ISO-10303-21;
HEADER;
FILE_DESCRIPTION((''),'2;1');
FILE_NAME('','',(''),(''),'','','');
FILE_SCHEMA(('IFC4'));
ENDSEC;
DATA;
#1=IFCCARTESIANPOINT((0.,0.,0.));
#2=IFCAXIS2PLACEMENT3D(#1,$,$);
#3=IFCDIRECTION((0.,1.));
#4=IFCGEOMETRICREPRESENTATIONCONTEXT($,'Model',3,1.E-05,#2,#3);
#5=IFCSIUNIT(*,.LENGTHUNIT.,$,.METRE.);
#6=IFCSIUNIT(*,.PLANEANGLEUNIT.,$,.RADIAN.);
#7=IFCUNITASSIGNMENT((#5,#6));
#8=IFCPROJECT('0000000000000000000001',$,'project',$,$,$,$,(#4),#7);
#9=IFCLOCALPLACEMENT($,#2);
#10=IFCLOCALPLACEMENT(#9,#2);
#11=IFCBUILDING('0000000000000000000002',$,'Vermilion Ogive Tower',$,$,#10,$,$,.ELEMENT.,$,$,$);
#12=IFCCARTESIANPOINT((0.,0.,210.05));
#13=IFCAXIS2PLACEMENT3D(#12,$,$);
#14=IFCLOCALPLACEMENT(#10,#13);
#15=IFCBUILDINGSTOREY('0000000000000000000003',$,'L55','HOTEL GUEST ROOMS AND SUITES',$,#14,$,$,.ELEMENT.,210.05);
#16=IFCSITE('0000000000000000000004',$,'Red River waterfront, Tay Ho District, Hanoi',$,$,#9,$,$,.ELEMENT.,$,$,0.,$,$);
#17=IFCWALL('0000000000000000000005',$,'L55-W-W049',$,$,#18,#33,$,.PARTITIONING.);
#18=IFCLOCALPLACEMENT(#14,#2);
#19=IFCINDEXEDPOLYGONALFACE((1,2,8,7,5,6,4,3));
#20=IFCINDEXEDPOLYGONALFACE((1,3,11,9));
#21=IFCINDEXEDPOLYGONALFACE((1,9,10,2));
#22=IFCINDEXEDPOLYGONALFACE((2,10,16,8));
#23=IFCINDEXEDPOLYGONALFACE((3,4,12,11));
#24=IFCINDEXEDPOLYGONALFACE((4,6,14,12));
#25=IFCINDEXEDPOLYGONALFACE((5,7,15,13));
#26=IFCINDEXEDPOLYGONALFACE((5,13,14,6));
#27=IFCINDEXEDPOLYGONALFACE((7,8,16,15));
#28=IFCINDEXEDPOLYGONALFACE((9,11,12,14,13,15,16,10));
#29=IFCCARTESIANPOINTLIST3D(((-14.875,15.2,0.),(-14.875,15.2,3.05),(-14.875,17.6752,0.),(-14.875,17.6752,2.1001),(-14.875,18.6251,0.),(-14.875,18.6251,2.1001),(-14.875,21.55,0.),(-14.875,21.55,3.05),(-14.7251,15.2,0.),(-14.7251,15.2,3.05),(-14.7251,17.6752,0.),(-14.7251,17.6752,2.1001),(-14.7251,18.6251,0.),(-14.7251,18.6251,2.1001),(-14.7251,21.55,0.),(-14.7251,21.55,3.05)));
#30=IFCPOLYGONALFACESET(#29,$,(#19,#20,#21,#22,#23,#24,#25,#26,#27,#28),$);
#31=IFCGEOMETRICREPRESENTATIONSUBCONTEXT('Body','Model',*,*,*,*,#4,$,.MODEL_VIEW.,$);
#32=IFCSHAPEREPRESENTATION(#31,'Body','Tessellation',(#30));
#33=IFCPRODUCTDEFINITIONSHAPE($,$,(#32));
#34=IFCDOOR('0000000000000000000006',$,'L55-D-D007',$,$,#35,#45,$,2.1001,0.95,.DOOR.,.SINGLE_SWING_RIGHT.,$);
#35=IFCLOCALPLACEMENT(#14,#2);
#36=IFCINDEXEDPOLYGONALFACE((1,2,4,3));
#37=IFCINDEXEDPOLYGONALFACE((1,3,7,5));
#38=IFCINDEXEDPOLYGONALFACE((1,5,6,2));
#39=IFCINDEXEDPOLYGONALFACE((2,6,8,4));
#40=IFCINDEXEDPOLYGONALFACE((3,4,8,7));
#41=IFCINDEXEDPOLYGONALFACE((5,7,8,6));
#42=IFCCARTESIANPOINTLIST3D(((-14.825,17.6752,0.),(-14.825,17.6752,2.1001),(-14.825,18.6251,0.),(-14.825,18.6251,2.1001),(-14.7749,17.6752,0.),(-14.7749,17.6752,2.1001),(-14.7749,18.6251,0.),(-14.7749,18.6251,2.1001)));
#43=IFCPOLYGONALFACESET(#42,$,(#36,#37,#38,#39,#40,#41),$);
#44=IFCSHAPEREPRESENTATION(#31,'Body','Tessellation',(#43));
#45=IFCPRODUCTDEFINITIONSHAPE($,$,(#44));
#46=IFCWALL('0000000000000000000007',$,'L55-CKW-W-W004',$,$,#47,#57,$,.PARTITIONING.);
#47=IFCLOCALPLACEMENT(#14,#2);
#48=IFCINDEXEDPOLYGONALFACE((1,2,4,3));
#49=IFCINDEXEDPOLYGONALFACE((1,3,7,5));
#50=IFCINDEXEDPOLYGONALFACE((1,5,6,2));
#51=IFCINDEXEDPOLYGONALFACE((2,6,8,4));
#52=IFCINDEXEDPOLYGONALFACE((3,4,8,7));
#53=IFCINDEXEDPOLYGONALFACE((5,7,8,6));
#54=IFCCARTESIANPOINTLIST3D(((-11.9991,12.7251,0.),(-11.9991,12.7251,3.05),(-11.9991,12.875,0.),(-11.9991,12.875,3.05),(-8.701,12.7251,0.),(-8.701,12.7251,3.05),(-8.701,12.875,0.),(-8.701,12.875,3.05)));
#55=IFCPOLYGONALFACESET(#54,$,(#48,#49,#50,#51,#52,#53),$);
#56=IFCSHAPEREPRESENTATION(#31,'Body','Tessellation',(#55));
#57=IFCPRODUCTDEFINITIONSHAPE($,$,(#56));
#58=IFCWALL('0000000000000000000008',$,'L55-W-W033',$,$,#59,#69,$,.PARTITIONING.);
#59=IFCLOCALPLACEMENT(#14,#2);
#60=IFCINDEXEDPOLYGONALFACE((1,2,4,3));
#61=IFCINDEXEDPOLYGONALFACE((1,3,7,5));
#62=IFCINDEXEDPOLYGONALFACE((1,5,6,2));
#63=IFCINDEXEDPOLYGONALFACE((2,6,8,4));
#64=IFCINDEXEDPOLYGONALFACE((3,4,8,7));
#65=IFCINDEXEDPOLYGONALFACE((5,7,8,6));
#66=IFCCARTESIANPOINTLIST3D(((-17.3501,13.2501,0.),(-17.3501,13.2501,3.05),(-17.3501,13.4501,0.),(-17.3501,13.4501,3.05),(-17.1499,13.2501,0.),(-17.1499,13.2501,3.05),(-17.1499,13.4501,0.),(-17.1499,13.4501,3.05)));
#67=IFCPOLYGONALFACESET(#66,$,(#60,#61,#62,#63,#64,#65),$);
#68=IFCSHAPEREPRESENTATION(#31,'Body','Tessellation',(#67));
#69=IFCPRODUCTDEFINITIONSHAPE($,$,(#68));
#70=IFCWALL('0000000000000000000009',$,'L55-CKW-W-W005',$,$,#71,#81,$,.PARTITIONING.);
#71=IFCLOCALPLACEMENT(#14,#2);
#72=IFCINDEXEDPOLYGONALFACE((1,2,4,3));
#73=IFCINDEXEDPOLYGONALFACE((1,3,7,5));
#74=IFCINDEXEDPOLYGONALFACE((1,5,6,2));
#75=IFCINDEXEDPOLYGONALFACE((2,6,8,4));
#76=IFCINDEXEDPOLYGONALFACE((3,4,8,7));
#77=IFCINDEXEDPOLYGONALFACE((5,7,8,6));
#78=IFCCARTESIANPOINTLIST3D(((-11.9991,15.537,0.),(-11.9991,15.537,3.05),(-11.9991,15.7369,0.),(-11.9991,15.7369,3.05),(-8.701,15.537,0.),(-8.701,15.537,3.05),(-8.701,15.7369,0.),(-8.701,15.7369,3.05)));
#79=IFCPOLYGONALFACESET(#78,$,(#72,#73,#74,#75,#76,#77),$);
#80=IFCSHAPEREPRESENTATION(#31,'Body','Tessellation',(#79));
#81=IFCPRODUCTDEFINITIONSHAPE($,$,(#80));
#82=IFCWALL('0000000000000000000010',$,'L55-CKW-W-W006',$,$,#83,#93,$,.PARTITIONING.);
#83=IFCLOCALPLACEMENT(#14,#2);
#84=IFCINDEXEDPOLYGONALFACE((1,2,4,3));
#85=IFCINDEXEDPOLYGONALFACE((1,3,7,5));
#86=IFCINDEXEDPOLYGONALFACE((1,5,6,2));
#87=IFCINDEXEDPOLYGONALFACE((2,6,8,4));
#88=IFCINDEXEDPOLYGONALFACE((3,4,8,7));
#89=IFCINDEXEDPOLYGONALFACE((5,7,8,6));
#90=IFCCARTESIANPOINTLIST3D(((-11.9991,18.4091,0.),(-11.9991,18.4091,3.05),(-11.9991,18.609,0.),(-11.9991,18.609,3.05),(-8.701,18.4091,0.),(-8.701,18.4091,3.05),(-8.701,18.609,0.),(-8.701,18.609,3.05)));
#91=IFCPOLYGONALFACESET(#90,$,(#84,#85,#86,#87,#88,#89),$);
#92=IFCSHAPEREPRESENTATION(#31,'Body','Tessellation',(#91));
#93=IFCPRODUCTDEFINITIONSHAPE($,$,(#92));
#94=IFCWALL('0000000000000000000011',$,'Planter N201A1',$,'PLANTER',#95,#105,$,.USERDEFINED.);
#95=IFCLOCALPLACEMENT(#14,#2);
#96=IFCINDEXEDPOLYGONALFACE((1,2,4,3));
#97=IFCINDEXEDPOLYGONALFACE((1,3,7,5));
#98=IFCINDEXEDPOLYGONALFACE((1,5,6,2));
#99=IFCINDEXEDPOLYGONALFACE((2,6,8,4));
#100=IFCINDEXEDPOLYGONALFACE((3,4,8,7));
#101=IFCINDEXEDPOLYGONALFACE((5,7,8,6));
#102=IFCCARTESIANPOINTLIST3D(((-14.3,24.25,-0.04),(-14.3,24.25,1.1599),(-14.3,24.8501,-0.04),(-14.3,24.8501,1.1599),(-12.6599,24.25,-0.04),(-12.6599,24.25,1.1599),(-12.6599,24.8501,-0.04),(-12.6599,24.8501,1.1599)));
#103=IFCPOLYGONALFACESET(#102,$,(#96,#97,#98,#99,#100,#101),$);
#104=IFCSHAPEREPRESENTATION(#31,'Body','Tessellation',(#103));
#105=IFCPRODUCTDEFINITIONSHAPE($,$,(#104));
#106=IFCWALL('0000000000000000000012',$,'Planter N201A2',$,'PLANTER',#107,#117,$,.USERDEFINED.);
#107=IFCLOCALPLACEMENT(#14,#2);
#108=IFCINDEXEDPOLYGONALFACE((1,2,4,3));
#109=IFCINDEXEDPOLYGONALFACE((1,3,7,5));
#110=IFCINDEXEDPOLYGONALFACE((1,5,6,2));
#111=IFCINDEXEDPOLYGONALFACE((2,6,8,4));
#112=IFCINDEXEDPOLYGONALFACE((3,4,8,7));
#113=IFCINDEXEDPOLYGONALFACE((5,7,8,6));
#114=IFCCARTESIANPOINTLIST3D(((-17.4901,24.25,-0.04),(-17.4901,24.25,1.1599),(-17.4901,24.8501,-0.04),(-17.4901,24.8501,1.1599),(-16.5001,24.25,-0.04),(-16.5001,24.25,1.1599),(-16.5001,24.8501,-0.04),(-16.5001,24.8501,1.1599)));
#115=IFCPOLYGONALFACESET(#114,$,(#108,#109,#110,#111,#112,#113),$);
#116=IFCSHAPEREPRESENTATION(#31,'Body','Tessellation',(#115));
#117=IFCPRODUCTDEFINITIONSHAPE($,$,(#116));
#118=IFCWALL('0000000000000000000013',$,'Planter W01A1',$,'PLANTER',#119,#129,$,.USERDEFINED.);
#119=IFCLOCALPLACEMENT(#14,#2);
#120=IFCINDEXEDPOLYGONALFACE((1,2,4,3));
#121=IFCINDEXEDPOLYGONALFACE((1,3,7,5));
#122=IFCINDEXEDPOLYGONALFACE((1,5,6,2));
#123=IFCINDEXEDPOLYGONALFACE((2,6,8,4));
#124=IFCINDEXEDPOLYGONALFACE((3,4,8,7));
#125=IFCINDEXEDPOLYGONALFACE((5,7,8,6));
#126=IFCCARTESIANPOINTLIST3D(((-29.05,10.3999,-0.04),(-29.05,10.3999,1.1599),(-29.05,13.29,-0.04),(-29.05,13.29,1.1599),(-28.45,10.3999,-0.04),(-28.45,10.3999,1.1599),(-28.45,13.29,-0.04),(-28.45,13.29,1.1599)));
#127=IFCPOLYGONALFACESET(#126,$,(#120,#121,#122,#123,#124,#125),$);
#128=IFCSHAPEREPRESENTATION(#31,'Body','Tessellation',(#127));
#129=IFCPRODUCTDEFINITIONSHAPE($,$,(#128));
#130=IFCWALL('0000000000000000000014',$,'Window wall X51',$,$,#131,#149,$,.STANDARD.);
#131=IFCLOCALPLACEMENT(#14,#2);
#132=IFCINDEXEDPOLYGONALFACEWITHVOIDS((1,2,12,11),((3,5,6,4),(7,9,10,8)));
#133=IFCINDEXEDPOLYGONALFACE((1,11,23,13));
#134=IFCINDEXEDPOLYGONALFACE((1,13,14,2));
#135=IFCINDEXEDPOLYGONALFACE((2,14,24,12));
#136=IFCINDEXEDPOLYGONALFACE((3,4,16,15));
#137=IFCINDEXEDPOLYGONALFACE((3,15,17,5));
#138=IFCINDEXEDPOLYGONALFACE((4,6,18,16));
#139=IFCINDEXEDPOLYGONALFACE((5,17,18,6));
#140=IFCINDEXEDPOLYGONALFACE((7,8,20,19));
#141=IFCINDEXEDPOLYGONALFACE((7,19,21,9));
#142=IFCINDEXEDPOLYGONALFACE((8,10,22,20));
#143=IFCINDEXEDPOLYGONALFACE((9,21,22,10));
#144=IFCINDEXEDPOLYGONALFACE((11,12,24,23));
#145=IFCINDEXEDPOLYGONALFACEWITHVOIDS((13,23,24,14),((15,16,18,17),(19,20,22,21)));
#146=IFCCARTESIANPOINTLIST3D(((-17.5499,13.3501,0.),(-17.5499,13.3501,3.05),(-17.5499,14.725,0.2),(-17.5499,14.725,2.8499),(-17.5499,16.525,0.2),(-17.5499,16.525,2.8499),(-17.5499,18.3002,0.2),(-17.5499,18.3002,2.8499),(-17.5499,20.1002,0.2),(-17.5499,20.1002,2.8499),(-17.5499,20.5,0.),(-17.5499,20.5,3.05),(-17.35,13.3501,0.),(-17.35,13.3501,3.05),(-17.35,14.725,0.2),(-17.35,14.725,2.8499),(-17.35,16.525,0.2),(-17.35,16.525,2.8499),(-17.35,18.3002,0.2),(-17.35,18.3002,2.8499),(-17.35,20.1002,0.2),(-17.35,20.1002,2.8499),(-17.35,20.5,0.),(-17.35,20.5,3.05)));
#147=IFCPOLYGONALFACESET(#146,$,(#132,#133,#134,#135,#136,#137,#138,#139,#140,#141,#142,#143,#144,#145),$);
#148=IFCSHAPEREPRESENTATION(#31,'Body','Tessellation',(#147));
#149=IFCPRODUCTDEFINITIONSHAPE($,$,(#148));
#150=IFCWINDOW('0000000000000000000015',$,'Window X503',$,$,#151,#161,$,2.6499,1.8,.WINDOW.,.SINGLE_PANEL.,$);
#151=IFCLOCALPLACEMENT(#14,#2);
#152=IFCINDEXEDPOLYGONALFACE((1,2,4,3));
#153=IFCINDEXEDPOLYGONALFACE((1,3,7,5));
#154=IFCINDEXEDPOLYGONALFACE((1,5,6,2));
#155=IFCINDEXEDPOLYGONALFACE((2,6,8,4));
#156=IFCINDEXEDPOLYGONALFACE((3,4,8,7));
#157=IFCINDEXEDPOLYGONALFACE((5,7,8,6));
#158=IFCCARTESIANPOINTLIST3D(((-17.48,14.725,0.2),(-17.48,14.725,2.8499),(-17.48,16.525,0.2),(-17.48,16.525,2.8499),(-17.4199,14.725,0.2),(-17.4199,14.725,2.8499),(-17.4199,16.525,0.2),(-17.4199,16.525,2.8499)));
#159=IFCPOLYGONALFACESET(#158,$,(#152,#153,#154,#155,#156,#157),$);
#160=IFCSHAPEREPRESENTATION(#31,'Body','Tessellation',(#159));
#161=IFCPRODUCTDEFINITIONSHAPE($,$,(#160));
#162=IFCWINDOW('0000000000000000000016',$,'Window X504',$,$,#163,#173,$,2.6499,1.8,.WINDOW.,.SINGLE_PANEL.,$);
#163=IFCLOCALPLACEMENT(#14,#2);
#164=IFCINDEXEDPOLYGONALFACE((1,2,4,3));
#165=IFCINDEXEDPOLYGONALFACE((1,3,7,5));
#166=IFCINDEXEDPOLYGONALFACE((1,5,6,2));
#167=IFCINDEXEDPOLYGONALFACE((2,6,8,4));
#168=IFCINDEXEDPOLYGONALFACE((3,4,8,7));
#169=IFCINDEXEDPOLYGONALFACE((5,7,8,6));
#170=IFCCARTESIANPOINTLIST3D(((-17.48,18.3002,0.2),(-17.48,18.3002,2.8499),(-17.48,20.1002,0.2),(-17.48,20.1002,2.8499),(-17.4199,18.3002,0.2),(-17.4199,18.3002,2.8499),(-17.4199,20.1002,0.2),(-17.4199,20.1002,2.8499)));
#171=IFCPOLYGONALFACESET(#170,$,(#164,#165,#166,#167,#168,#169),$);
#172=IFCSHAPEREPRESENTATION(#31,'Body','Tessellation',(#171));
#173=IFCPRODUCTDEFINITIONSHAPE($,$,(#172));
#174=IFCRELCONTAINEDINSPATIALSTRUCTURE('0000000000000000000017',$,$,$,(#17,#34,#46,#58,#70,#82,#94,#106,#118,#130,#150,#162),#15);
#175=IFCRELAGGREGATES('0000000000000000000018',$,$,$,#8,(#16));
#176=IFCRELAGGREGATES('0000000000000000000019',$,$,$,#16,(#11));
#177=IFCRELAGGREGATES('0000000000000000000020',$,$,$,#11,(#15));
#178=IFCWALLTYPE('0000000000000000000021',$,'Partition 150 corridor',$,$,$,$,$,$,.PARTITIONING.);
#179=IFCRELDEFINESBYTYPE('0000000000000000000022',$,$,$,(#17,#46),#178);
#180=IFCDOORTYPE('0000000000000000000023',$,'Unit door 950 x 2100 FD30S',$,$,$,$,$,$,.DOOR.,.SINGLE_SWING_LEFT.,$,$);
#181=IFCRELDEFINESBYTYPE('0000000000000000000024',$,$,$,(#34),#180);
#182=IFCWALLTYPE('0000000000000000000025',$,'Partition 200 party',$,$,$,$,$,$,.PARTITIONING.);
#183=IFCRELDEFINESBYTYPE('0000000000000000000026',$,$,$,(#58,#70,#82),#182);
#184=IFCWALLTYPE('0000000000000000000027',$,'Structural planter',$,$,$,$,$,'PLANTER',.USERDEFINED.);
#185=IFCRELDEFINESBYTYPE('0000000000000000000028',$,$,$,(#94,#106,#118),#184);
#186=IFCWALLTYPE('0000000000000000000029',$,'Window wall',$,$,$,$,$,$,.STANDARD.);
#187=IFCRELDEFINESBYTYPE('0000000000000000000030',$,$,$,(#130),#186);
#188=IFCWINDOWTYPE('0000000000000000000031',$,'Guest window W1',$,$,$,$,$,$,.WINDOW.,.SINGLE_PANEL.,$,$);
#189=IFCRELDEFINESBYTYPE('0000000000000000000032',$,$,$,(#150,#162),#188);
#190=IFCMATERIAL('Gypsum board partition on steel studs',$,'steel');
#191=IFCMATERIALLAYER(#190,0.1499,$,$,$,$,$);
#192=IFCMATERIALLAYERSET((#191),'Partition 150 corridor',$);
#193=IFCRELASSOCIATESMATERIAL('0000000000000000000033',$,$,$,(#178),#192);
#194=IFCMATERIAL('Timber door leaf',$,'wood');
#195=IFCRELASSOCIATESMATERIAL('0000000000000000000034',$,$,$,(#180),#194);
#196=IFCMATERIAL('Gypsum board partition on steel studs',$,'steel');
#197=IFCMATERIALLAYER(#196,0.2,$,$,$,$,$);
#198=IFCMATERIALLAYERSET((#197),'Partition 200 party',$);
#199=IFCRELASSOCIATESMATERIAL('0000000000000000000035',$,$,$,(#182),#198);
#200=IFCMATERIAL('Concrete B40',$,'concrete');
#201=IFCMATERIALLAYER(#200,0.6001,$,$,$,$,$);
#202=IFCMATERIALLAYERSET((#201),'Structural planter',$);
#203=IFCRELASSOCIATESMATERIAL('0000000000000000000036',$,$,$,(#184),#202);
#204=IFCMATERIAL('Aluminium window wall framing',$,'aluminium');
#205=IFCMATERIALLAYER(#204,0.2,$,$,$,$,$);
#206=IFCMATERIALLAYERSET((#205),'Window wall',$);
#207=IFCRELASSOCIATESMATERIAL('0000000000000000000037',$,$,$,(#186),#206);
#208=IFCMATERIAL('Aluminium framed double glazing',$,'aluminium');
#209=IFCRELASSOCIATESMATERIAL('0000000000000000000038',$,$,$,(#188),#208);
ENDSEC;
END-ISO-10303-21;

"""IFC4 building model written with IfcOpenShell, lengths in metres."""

from ifc_helpers import new_model, si_unit, direction, frame, frame_2d, origin, place, context, subcontext, project, spatial, rectangle, extrude, material, layer, layer_set, type_object, element, fill, save


model = new_model("IFC4")

# Units and contexts
model_context = context("Model", 3, precision=1e-05, world=origin(), true_north=direction((0.0, 1.0)))
body_context = subcontext(model_context, "Body", "Model", "MODEL_VIEW")
ifc_project = project(units=[si_unit("LENGTHUNIT", "METRE"), si_unit("PLANEANGLEUNIT", "RADIAN")], contexts=[model_context])

# Site, building, storey
site_placement = place(None, origin())
site = spatial("IfcSite", under=ifc_project, at=site_placement, Name="Red River waterfront, Tay Ho District, Hanoi", CompositionType="ELEMENT", RefElevation=0.0)
building_placement = place(site_placement, origin())
building = spatial("IfcBuilding", under=site, at=building_placement, Name="Vermilion Ogive Tower", CompositionType="ELEMENT")
storey_placement = place(building_placement, frame((0.0, 0.0, 210.05)))
storey = spatial("IfcBuildingStorey", under=building, at=storey_placement, Name="L55", Description="HOTEL GUEST ROOMS AND SUITES", CompositionType="ELEMENT", Elevation=210.05)

# Wall, opening, door
ifc_material_1 = material(Name="Gypsum board partition on steel studs", Category="steel")
ifc_layer_1 = layer(ifc_material_1, 0.1499)
ifc_layer_set_1 = layer_set([ifc_layer_1], Name="Partition 150 corridor")
wall_type_1 = type_object("IfcWallType", Name="Partition 150 corridor", PredefinedType="PARTITIONING", material=ifc_layer_set_1)
wall_1_placement = place(storey_placement, frame((-14.8, 15.2, 0.0), z_axis=(0.0, 0.0, 1.0), x_axis=(0.0, 1.0, 0.0)))
wall_1 = element("IfcWall", 1, at=wall_1_placement, inside=storey, type_object=wall_type_1, Name="L55-W-W049", PredefinedType="PARTITIONING", context=body_context, shape_type="SweptSolid", body=[
    extrude(rectangle(XDim=6.3501, YDim=0.1499, at=frame_2d((3.175, 0.0))), origin(), (0.0, 0.0, 1.0), 3.05),
])
opening_1_placement = place(wall_1_placement, frame((2.4751, 0.0, 0.0)))
opening_1 = element("IfcOpeningElement", 2, at=opening_1_placement, cuts=wall_1, PredefinedType="OPENING", context=body_context, shape_type="SweptSolid", body=[
    extrude(rectangle(XDim=0.95, YDim=2.1001, at=frame_2d((0.4751, 1.05))), frame((0.0, 0.085, 0.0), z_axis=(0.0, -1.0, 0.0), x_axis=(1.0, 0.0, 0.0)), (0.0, 0.0, 1.0), 0.1699),
])
ifc_material_2 = material(Name="Timber door leaf", Category="wood")
door_type_1 = type_object("IfcDoorType", Name="Unit door 950 x 2100 FD30S", OperationType="SINGLE_SWING_LEFT", PredefinedType="DOOR", material=ifc_material_2)
door_1_placement = place(opening_1_placement, origin())
door_1 = element("IfcDoor", 3, at=door_1_placement, inside=storey, type_object=door_type_1, Name="L55-D-D007", OperationType="SINGLE_SWING_RIGHT", OverallHeight=2.1001, OverallWidth=0.95, PredefinedType="DOOR", context=body_context, shape_type="SweptSolid", body=[
    extrude(rectangle(XDim=0.95, YDim=2.1001, at=frame_2d((0.4751, 1.05))), frame((0.0, 0.0249, 0.0), z_axis=(0.0, -1.0, 0.0), x_axis=(1.0, 0.0, 0.0)), (0.0, 0.0, 1.0), 0.05),
])
fill(opening_1, door_1)

# Walls
wall_2_placement = place(storey_placement, frame((-11.999, 12.8, 0.0), z_axis=(0.0, 0.0, 1.0), x_axis=(1.0, 0.0, 0.0)))
element("IfcWall", 4, at=wall_2_placement, inside=storey, type_object=wall_type_1, Name="L55-CKW-W-W004", PredefinedType="PARTITIONING", context=body_context, shape_type="SweptSolid", body=[
    extrude(rectangle(XDim=3.2981, YDim=0.1499, at=frame_2d((1.6489, 0.0))), origin(), (0.0, 0.0, 1.0), 3.05),
])
ifc_material_3 = material(Name="Gypsum board partition on steel studs", Category="steel")
ifc_layer_2 = layer(ifc_material_3, 0.2)
ifc_layer_set_2 = layer_set([ifc_layer_2], Name="Partition 200 party")
wall_type_2 = type_object("IfcWallType", Name="Partition 200 party", PredefinedType="PARTITIONING", material=ifc_layer_set_2)
wall_3_placement = place(storey_placement, frame((-17.3501, 13.3501, 0.0), z_axis=(0.0, 0.0, 1.0), x_axis=(1.0, 0.0, 0.0)))
element("IfcWall", 5, at=wall_3_placement, inside=storey, type_object=wall_type_2, Name="L55-W-W033", PredefinedType="PARTITIONING", context=body_context, shape_type="SweptSolid", body=[
    extrude(rectangle(XDim=0.2002, YDim=0.2, at=frame_2d((0.1001, 0.0))), origin(), (0.0, 0.0, 1.0), 3.05),
])
for number, where, z_axis, x_axis, name in (
    (6, (-11.999, 15.637, 0.0), (0.0, 0.0, 1.0), (1.0, 0.0, 0.0), "L55-CKW-W-W005"),
    (7, (-11.999, 18.509, 0.0), (0.0, 0.0, 1.0), (1.0, 0.0, 0.0), "L55-CKW-W-W006"),
):
    element("IfcWall", number, at=place(storey_placement, frame(where, z_axis=z_axis, x_axis=x_axis)), inside=storey, type_object=wall_type_2, Name=name, PredefinedType="PARTITIONING", context=body_context, shape_type="SweptSolid", body=[
        extrude(rectangle(XDim=3.2981, YDim=0.2, at=frame_2d((1.6489, 0.0))), origin(), (0.0, 0.0, 1.0), 3.05),
    ])
ifc_material_4 = material(Name="Concrete B40", Category="concrete")
ifc_layer_3 = layer(ifc_material_4, 0.6001)
ifc_layer_set_3 = layer_set([ifc_layer_3], Name="Structural planter")
wall_type_3 = type_object("IfcWallType", Name="Structural planter", ElementType="PLANTER", PredefinedType="USERDEFINED", material=ifc_layer_set_3)
wall_4_placement = place(storey_placement, frame((-12.6599, 24.55, -0.04), z_axis=(0.0, 0.0, 1.0), x_axis=(-1.0, 0.0, 0.0)))
element("IfcWall", 8, at=wall_4_placement, inside=storey, type_object=wall_type_3, Name="Planter N201A1", ObjectType="PLANTER", PredefinedType="USERDEFINED", context=body_context, shape_type="SweptSolid", body=[
    extrude(rectangle(XDim=1.6401, YDim=0.6001, at=frame_2d((0.8201, 0.0))), origin(), (0.0, 0.0, 1.0), 1.2),
])
wall_5_placement = place(storey_placement, frame((-16.5, 24.55, -0.04), z_axis=(0.0, 0.0, 1.0), x_axis=(-1.0, 0.0, 0.0)))
element("IfcWall", 9, at=wall_5_placement, inside=storey, type_object=wall_type_3, Name="Planter N201A2", ObjectType="PLANTER", PredefinedType="USERDEFINED", context=body_context, shape_type="SweptSolid", body=[
    extrude(rectangle(XDim=0.99, YDim=0.6001, at=frame_2d((0.4951, 0.0))), origin(), (0.0, 0.0, 1.0), 1.2),
])
wall_6_placement = place(storey_placement, frame((-28.75, 13.29, -0.04), z_axis=(0.0, 0.0, 1.0), x_axis=(0.0, -1.0, 0.0)))
element("IfcWall", 10, at=wall_6_placement, inside=storey, type_object=wall_type_3, Name="Planter W01A1", ObjectType="PLANTER", PredefinedType="USERDEFINED", context=body_context, shape_type="SweptSolid", body=[
    extrude(rectangle(XDim=2.8901, YDim=0.6001, at=frame_2d((1.4451, 0.0))), origin(), (0.0, 0.0, 1.0), 1.2),
])

# Shared definitions
ifc_material_5 = material(Name="Aluminium window wall framing", Category="aluminium")
ifc_layer_4 = layer(ifc_material_5, 0.2)
ifc_layer_set_4 = layer_set([ifc_layer_4], Name="Window wall")
wall_type_4 = type_object("IfcWallType", Name="Window wall", PredefinedType="STANDARD", material=ifc_layer_set_4)
ifc_material_6 = material(Name="Aluminium framed double glazing", Category="aluminium")
window_type = type_object("IfcWindowType", Name="Guest window W1", PartitioningType="SINGLE_PANEL", PredefinedType="WINDOW", material=ifc_material_6)

# Wall, openings, windows
wall_7_placement = place(storey_placement, frame((-17.45, 20.5, 0.0), z_axis=(0.0, 0.0, 1.0), x_axis=(0.0, -1.0, 0.0)))
wall_7 = element("IfcWall", 11, at=wall_7_placement, inside=storey, type_object=wall_type_4, Name="Window wall X51", PredefinedType="STANDARD", context=body_context, shape_type="SweptSolid", body=[
    extrude(rectangle(XDim=7.1499, YDim=0.2, at=frame_2d((3.575, 0.0))), origin(), (0.0, 0.0, 1.0), 3.05),
])
opening_2_placement = place(wall_7_placement, frame((3.9751, 0.0, 0.2)))
opening_2 = element("IfcOpeningElement", 12, at=opening_2_placement, cuts=wall_7, PredefinedType="OPENING", context=body_context, shape_type="SweptSolid", body=[
    extrude(rectangle(XDim=1.8, YDim=2.6499, at=frame_2d((0.8999, 1.325))), frame((0.0, 0.1099, 0.0), z_axis=(0.0, -1.0, 0.0), x_axis=(1.0, 0.0, 0.0)), (0.0, 0.0, 1.0), 0.22),
])
opening_3_placement = place(wall_7_placement, frame((0.3999, 0.0, 0.2)))
opening_3 = element("IfcOpeningElement", 13, at=opening_3_placement, cuts=wall_7, PredefinedType="OPENING", context=body_context, shape_type="SweptSolid", body=[
    extrude(rectangle(XDim=1.8, YDim=2.6499, at=frame_2d((0.8999, 1.325))), frame((0.0, 0.1099, 0.0), z_axis=(0.0, -1.0, 0.0), x_axis=(1.0, 0.0, 0.0)), (0.0, 0.0, 1.0), 0.22),
])
window_1_placement = place(opening_2_placement, origin())
window_1 = element("IfcWindow", 14, at=window_1_placement, inside=storey, type_object=window_type, Name="Window X503", OverallHeight=2.6499, OverallWidth=1.8, PartitioningType="SINGLE_PANEL", PredefinedType="WINDOW", context=body_context, shape_type="SweptSolid", body=[
    extrude(rectangle(XDim=1.8, YDim=2.6499, at=frame_2d((0.8999, 1.325))), frame((0.0, 0.03, 0.0), z_axis=(0.0, -1.0, 0.0), x_axis=(1.0, 0.0, 0.0)), (0.0, 0.0, 1.0), 0.0601),
])
fill(opening_2, window_1)
window_2_placement = place(opening_3_placement, origin())
window_2 = element("IfcWindow", 15, at=window_2_placement, inside=storey, type_object=window_type, Name="Window X504", OverallHeight=2.6499, OverallWidth=1.8, PartitioningType="SINGLE_PANEL", PredefinedType="WINDOW", context=body_context, shape_type="SweptSolid", body=[
    extrude(rectangle(XDim=1.8, YDim=2.6499, at=frame_2d((0.8999, 1.325))), frame((0.0, 0.03, 0.0), z_axis=(0.0, -1.0, 0.0), x_axis=(1.0, 0.0, 0.0)), (0.0, 0.0, 1.0), 0.0601),
])
fill(opening_3, window_2)

save(model, "model.ifc")
